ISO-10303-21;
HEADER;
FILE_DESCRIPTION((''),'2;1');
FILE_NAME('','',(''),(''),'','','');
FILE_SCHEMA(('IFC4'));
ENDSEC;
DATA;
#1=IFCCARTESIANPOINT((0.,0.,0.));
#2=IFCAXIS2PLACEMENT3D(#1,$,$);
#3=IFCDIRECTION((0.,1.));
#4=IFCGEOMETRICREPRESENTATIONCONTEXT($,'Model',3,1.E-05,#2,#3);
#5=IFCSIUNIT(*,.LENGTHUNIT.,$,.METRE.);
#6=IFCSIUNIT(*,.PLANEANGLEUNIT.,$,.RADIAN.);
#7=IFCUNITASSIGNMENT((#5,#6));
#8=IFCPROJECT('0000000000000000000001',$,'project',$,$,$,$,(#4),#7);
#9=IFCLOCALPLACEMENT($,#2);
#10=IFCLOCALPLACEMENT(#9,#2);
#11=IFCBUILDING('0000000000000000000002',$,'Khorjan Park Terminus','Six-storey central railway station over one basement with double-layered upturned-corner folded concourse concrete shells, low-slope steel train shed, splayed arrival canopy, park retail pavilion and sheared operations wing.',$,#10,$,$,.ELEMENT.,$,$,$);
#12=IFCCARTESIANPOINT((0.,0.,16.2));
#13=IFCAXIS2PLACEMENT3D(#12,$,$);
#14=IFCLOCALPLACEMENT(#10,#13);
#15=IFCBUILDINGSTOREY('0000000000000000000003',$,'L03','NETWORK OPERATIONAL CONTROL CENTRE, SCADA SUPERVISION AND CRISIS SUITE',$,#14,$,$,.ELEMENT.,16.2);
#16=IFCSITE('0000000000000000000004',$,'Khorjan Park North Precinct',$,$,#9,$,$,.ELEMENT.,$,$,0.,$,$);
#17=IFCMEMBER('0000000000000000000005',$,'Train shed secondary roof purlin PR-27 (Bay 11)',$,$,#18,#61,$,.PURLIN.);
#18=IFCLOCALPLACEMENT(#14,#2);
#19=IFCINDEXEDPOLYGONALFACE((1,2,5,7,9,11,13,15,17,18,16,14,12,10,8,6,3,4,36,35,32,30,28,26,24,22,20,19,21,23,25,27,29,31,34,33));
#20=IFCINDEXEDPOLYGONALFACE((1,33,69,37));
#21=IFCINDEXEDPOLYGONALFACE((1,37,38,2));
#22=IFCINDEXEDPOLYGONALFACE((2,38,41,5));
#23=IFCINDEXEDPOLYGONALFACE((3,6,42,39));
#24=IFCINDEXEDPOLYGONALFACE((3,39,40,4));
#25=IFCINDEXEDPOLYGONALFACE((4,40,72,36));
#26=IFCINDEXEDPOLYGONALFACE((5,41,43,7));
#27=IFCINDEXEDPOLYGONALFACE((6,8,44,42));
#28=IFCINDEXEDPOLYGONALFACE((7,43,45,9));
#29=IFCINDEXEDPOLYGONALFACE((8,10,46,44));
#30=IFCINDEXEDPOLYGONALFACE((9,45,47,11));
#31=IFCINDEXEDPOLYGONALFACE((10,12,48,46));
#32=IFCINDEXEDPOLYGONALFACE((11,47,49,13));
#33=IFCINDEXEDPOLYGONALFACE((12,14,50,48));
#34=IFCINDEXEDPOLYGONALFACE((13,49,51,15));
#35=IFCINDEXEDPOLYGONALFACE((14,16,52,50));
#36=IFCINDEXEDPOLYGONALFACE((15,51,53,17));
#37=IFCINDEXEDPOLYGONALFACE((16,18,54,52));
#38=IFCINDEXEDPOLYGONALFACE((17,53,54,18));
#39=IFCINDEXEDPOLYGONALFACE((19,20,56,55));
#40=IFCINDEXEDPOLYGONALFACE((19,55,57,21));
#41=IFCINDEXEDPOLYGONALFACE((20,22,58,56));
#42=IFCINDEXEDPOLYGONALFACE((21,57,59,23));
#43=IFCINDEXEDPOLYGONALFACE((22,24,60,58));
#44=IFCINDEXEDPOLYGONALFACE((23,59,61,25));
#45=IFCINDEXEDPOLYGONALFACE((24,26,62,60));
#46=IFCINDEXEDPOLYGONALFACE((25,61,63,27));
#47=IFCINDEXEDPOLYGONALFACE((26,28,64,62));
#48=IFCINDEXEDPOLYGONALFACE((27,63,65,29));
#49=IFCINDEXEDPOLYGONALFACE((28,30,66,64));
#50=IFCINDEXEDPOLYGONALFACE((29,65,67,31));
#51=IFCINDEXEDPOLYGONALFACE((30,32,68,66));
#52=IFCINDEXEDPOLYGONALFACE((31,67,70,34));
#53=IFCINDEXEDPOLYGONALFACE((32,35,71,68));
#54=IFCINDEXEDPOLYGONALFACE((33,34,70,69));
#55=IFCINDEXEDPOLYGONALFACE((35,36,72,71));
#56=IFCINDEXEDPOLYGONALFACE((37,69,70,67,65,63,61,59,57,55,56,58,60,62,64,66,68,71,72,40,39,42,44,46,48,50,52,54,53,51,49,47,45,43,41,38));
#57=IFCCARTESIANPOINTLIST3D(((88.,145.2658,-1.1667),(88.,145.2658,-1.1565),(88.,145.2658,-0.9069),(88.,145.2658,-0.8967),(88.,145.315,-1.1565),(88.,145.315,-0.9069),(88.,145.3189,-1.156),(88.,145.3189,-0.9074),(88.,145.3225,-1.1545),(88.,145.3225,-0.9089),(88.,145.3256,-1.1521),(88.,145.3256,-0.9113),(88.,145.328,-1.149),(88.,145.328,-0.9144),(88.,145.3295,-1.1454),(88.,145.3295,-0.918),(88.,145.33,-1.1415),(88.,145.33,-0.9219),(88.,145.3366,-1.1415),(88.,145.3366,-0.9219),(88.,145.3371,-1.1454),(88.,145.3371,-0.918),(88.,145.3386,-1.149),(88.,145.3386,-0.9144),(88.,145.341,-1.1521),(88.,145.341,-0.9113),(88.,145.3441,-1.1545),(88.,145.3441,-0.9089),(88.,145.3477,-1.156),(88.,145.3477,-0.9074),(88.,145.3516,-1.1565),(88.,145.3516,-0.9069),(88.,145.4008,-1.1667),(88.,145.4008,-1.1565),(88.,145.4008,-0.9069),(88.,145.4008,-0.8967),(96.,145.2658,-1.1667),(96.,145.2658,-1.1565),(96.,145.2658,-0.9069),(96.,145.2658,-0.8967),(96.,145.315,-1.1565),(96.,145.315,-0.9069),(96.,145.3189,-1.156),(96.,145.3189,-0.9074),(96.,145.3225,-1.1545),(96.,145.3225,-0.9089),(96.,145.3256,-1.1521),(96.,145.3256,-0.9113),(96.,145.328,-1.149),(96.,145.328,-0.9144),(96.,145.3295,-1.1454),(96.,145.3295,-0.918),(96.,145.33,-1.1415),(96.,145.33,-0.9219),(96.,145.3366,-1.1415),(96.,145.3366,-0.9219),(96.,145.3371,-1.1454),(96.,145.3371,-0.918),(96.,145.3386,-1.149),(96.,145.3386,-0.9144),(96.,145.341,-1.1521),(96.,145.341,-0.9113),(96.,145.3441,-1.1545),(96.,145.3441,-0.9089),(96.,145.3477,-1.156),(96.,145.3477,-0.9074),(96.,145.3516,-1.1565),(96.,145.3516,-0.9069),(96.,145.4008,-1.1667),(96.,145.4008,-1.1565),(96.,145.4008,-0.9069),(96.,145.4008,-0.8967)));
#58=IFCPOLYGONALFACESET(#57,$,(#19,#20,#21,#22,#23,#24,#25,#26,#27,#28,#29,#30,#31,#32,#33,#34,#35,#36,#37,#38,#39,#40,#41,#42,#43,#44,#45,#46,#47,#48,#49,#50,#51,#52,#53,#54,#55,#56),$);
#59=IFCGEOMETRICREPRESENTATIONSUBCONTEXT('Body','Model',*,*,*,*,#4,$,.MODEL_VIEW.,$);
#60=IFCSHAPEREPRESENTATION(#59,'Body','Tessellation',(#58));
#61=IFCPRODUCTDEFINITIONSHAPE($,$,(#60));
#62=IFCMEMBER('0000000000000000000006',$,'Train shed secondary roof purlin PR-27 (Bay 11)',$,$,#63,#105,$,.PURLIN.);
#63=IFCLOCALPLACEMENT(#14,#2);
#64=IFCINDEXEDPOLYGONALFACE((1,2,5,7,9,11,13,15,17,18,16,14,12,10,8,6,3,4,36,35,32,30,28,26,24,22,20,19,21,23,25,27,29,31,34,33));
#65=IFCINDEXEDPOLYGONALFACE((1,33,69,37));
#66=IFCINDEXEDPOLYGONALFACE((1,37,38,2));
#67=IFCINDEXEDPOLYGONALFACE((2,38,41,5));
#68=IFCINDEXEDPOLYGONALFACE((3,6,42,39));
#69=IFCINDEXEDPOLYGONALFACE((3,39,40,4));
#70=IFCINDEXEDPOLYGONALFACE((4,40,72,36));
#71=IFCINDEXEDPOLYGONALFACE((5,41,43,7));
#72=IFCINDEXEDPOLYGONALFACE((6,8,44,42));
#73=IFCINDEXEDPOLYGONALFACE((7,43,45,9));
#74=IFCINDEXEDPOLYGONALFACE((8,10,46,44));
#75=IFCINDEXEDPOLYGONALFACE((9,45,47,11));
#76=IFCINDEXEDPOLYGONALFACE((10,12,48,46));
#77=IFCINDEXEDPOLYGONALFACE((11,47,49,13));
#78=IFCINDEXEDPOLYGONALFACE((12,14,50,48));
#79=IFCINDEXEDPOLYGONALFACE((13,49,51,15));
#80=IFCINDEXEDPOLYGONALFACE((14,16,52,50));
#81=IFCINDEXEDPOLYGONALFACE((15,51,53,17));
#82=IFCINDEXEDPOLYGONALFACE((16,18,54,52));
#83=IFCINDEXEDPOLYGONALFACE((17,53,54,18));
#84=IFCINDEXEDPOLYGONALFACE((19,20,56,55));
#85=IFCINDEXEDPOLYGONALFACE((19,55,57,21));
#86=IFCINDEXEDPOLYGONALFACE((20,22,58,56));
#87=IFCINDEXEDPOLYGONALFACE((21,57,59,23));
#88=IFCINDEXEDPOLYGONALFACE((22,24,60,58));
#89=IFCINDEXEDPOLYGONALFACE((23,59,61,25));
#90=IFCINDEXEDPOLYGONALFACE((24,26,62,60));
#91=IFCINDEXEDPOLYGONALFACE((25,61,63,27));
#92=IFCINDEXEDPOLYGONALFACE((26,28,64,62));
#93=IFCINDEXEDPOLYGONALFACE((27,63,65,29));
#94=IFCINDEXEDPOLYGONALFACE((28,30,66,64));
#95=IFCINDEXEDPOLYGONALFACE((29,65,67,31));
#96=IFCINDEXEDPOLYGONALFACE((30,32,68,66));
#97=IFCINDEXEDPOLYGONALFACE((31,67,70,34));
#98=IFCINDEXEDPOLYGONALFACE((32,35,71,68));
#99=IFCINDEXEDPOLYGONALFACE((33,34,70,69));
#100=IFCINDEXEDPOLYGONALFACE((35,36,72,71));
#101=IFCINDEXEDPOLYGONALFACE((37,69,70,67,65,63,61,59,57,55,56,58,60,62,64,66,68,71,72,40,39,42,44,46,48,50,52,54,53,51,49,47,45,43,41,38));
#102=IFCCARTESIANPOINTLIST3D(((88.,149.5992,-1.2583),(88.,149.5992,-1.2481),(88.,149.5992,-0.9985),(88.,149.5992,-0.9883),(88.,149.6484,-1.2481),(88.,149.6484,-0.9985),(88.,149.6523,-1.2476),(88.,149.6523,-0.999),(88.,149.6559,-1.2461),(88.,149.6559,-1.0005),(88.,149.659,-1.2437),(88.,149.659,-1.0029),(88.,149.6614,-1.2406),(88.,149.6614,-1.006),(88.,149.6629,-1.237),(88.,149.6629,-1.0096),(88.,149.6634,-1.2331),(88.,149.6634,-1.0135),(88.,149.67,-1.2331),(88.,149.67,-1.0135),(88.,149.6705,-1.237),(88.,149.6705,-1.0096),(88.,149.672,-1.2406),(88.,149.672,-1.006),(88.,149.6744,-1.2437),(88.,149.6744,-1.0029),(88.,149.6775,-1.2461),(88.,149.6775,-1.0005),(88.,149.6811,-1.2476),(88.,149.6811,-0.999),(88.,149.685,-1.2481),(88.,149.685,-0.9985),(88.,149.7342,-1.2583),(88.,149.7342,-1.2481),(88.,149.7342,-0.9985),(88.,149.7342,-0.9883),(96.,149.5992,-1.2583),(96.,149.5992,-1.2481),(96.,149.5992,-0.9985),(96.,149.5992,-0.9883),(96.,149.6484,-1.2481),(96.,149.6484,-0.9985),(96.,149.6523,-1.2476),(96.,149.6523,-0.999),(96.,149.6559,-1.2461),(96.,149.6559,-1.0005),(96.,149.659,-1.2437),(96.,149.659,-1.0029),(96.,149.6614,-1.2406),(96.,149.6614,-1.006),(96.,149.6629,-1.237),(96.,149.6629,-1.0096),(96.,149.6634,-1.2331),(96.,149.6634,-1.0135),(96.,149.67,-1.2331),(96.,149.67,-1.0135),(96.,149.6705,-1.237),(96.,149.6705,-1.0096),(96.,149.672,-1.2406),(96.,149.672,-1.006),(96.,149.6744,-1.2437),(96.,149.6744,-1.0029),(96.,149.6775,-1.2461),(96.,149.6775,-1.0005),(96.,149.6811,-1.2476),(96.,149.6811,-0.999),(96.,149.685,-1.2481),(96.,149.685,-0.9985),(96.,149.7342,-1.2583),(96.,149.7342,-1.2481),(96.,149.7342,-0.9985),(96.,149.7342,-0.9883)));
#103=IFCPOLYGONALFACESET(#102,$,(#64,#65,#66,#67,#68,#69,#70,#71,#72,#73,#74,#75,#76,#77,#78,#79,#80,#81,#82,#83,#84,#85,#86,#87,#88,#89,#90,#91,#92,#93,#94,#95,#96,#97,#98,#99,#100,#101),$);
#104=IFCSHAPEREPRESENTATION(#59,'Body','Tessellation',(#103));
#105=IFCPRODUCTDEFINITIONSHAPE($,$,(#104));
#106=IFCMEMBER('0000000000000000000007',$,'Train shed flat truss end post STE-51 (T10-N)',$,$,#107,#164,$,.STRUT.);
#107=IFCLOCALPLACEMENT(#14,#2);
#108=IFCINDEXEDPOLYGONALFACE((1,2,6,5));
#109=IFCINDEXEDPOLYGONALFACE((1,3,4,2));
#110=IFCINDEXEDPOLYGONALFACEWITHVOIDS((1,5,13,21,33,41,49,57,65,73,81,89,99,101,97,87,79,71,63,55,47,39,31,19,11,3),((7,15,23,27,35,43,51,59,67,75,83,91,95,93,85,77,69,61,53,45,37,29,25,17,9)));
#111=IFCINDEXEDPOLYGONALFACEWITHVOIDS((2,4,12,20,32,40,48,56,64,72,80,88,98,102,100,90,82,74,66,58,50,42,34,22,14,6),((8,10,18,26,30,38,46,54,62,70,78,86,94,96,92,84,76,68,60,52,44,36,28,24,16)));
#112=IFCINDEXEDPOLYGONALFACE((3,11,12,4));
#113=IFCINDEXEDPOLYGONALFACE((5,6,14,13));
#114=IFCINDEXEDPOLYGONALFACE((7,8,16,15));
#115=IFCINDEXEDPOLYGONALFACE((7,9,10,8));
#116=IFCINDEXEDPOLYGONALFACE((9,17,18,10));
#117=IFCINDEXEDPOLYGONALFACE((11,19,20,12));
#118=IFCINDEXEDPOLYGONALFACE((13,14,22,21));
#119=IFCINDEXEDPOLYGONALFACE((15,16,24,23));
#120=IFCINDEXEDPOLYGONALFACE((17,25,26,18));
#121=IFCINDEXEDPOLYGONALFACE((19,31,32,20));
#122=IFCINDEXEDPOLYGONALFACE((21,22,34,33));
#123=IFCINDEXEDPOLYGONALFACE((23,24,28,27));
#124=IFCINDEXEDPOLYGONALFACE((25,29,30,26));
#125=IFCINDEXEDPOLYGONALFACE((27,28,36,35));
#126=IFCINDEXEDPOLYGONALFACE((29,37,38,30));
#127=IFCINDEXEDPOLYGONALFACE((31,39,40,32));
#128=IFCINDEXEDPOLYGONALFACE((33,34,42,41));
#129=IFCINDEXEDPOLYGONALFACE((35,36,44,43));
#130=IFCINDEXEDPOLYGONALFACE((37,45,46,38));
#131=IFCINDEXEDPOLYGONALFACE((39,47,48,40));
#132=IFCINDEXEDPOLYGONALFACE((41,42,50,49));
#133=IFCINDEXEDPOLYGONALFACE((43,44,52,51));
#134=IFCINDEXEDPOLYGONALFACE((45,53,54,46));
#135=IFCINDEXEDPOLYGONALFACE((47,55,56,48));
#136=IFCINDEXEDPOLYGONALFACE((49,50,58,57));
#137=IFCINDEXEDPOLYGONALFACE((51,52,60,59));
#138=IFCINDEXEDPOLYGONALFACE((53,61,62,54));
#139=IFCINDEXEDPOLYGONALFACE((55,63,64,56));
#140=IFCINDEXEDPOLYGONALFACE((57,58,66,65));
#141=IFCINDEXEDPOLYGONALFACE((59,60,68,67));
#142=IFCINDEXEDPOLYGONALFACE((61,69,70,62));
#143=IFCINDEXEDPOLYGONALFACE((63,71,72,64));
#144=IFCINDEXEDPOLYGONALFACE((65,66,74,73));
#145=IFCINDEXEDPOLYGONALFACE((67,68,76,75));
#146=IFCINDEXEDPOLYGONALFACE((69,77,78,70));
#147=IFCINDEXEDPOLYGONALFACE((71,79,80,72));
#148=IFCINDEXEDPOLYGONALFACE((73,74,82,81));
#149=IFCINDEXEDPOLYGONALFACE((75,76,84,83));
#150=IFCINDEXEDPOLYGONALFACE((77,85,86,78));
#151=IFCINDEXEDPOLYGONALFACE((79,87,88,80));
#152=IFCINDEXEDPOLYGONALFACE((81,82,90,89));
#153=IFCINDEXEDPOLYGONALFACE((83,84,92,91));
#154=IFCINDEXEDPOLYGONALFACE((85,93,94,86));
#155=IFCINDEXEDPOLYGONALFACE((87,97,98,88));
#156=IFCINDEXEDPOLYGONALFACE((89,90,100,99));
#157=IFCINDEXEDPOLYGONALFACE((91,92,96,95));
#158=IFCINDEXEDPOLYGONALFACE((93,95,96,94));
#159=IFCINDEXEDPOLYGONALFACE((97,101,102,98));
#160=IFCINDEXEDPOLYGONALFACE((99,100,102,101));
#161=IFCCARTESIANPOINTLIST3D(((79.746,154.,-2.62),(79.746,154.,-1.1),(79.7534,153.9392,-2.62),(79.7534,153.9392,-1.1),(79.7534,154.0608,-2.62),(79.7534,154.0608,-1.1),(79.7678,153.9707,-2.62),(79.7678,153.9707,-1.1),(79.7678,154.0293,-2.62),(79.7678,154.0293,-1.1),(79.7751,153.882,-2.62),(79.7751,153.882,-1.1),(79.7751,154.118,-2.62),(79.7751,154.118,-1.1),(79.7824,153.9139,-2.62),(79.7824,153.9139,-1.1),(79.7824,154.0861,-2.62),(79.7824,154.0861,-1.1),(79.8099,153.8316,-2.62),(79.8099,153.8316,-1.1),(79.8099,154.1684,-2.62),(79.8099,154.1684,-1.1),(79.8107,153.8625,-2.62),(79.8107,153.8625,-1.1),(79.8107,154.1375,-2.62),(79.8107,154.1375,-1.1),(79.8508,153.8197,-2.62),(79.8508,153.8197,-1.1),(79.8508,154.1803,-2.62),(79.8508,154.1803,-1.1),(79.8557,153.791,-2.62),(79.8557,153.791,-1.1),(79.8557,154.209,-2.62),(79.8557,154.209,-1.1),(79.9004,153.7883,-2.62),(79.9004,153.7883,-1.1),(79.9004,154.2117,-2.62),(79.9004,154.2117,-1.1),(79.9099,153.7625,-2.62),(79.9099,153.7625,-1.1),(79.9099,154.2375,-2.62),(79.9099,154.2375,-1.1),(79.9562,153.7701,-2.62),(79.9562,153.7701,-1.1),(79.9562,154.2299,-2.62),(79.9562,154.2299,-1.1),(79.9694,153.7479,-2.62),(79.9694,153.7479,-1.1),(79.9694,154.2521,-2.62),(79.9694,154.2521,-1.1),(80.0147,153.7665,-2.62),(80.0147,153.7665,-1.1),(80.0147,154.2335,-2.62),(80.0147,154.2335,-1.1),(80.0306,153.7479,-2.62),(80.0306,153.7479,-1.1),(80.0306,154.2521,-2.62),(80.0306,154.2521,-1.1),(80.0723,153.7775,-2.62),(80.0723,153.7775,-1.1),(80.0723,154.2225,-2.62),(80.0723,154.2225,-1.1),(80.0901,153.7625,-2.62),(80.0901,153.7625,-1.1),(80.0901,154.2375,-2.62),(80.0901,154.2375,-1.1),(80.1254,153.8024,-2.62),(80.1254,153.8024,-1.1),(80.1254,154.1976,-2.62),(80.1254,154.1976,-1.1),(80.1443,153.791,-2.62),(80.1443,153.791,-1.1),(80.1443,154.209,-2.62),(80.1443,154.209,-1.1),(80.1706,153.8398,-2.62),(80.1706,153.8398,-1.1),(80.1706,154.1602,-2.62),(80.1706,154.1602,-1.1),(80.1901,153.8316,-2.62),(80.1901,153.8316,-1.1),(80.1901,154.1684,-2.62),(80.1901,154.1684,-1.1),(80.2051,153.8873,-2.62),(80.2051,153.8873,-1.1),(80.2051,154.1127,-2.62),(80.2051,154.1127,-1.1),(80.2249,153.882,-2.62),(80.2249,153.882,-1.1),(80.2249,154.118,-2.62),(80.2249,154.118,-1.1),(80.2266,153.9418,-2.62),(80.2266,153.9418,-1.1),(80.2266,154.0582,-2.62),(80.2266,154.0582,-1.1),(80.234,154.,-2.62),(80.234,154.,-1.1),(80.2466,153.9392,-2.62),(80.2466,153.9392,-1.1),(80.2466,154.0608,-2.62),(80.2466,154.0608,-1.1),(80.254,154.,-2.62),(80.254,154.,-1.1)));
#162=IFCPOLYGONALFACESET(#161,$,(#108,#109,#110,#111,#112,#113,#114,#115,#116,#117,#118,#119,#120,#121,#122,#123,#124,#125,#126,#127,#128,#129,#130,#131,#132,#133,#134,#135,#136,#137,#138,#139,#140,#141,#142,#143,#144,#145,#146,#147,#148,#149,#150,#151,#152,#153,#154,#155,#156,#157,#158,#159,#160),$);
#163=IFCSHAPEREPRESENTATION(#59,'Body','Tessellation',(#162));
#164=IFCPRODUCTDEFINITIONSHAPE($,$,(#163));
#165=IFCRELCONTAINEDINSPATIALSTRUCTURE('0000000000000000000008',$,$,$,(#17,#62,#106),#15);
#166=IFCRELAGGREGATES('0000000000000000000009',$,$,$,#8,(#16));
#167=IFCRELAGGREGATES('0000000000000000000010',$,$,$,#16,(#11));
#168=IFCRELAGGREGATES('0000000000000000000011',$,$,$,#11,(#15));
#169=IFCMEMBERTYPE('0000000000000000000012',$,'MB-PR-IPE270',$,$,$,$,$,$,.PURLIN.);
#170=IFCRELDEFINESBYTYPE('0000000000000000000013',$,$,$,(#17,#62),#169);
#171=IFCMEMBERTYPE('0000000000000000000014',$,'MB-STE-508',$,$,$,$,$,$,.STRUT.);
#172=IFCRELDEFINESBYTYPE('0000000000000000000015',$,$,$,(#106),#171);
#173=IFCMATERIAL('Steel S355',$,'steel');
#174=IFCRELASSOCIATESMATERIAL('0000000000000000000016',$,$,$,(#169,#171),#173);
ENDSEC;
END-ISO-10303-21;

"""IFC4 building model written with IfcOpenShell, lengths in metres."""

from ifc_helpers import new_model, si_unit, direction, frame, origin, origin_2d, place, context, subcontext, project, spatial, hollow_circle, i_section, extrude, material, material_profile, profile_set, type_object, element, save


model = new_model("IFC4")

# Units and contexts
model_context = context("Model", 3, precision=1e-05, world=origin(), true_north=direction((0.0, 1.0)))
body_context = subcontext(model_context, "Body", "Model", "MODEL_VIEW")
ifc_project = project(units=[si_unit("LENGTHUNIT", "METRE"), si_unit("PLANEANGLEUNIT", "RADIAN")], contexts=[model_context])

# Site, building, storey
site_placement = place(None, origin())
site = spatial("IfcSite", under=ifc_project, at=site_placement, Name="Khorjan Park North Precinct", CompositionType="ELEMENT", RefElevation=0.0)
building_placement = place(site_placement, origin())
building = spatial("IfcBuilding", under=site, at=building_placement, Name="Khorjan Park Terminus", Description="Six-storey central railway station over one basement with double-layered upturned-corner folded concourse concrete shells, low-slope steel train shed, splayed arrival canopy, park retail pavilion and sheared operations wing.", CompositionType="ELEMENT")
storey_placement = place(building_placement, frame((0.0, 0.0, 16.2)))
storey = spatial("IfcBuildingStorey", under=building, at=storey_placement, Name="L03", Description="NETWORK OPERATIONAL CONTROL CENTRE, SCADA SUPERVISION AND CRISIS SUITE", CompositionType="ELEMENT", Elevation=16.2)

# Members
ifc_material = material(Name="Steel S355", Category="steel")
ifc_material_profile_1 = material_profile(ifc_material, i_section(OverallWidth=0.135, OverallDepth=0.27, WebThickness=0.0066, FlangeThickness=0.0102, FilletRadius=0.015, at=origin_2d()), Name="IPE 270")
ifc_profile_set_1 = profile_set([ifc_material_profile_1], Name="Steel S355")
member_type_1 = type_object("IfcMemberType", Name="MB-PR-IPE270", PredefinedType="PURLIN", material=ifc_profile_set_1)
for number, where, z_axis, x_axis, name in (
    (1, (88.0, 145.3333, -1.0317), (1.0, 0.0, 0.0), (0.0, 1.0, 0.0), "Train shed secondary roof purlin PR-27 (Bay 11)"),
    (2, (88.0, 149.6667, -1.1233), (1.0, 0.0, 0.0), (0.0, 1.0, 0.0), "Train shed secondary roof purlin PR-27 (Bay 11)"),
):
    element("IfcMember", number, at=place(storey_placement, frame(where, z_axis=z_axis, x_axis=x_axis)), inside=storey, type_object=member_type_1, Name=name, PredefinedType="PURLIN", context=body_context, shape_type="SweptSolid", body=[
        extrude(i_section(OverallWidth=0.135, OverallDepth=0.27, WebThickness=0.0066, FlangeThickness=0.0102, FilletRadius=0.015, at=origin_2d()), origin(), (0.0, 0.0, 1.0), 8.0),
    ])
ifc_material_profile_2 = material_profile(ifc_material, hollow_circle(Radius=0.254, WallThickness=0.02, at=origin_2d()), Name="CHS 508x20")
ifc_profile_set_2 = profile_set([ifc_material_profile_2], Name="Steel S355")
member_type_2 = type_object("IfcMemberType", Name="MB-STE-508", PredefinedType="STRUT", material=ifc_profile_set_2)
for number, where, z_axis, x_axis, name in (
    (3, (80.0, 154.0, -2.62), (0.0, 0.0, 1.0), (1.0, 0.0, 0.0), "Train shed flat truss end post STE-51 (T10-N)"),
):
    element("IfcMember", number, at=place(storey_placement, frame(where, z_axis=z_axis, x_axis=x_axis)), inside=storey, type_object=member_type_2, Name=name, PredefinedType="STRUT", context=body_context, shape_type="SweptSolid", body=[
        extrude(hollow_circle(Radius=0.254, WallThickness=0.02, at=origin_2d()), origin(), (0.0, 0.0, 1.0), 1.52),
    ])

save(model, "model.ifc")
